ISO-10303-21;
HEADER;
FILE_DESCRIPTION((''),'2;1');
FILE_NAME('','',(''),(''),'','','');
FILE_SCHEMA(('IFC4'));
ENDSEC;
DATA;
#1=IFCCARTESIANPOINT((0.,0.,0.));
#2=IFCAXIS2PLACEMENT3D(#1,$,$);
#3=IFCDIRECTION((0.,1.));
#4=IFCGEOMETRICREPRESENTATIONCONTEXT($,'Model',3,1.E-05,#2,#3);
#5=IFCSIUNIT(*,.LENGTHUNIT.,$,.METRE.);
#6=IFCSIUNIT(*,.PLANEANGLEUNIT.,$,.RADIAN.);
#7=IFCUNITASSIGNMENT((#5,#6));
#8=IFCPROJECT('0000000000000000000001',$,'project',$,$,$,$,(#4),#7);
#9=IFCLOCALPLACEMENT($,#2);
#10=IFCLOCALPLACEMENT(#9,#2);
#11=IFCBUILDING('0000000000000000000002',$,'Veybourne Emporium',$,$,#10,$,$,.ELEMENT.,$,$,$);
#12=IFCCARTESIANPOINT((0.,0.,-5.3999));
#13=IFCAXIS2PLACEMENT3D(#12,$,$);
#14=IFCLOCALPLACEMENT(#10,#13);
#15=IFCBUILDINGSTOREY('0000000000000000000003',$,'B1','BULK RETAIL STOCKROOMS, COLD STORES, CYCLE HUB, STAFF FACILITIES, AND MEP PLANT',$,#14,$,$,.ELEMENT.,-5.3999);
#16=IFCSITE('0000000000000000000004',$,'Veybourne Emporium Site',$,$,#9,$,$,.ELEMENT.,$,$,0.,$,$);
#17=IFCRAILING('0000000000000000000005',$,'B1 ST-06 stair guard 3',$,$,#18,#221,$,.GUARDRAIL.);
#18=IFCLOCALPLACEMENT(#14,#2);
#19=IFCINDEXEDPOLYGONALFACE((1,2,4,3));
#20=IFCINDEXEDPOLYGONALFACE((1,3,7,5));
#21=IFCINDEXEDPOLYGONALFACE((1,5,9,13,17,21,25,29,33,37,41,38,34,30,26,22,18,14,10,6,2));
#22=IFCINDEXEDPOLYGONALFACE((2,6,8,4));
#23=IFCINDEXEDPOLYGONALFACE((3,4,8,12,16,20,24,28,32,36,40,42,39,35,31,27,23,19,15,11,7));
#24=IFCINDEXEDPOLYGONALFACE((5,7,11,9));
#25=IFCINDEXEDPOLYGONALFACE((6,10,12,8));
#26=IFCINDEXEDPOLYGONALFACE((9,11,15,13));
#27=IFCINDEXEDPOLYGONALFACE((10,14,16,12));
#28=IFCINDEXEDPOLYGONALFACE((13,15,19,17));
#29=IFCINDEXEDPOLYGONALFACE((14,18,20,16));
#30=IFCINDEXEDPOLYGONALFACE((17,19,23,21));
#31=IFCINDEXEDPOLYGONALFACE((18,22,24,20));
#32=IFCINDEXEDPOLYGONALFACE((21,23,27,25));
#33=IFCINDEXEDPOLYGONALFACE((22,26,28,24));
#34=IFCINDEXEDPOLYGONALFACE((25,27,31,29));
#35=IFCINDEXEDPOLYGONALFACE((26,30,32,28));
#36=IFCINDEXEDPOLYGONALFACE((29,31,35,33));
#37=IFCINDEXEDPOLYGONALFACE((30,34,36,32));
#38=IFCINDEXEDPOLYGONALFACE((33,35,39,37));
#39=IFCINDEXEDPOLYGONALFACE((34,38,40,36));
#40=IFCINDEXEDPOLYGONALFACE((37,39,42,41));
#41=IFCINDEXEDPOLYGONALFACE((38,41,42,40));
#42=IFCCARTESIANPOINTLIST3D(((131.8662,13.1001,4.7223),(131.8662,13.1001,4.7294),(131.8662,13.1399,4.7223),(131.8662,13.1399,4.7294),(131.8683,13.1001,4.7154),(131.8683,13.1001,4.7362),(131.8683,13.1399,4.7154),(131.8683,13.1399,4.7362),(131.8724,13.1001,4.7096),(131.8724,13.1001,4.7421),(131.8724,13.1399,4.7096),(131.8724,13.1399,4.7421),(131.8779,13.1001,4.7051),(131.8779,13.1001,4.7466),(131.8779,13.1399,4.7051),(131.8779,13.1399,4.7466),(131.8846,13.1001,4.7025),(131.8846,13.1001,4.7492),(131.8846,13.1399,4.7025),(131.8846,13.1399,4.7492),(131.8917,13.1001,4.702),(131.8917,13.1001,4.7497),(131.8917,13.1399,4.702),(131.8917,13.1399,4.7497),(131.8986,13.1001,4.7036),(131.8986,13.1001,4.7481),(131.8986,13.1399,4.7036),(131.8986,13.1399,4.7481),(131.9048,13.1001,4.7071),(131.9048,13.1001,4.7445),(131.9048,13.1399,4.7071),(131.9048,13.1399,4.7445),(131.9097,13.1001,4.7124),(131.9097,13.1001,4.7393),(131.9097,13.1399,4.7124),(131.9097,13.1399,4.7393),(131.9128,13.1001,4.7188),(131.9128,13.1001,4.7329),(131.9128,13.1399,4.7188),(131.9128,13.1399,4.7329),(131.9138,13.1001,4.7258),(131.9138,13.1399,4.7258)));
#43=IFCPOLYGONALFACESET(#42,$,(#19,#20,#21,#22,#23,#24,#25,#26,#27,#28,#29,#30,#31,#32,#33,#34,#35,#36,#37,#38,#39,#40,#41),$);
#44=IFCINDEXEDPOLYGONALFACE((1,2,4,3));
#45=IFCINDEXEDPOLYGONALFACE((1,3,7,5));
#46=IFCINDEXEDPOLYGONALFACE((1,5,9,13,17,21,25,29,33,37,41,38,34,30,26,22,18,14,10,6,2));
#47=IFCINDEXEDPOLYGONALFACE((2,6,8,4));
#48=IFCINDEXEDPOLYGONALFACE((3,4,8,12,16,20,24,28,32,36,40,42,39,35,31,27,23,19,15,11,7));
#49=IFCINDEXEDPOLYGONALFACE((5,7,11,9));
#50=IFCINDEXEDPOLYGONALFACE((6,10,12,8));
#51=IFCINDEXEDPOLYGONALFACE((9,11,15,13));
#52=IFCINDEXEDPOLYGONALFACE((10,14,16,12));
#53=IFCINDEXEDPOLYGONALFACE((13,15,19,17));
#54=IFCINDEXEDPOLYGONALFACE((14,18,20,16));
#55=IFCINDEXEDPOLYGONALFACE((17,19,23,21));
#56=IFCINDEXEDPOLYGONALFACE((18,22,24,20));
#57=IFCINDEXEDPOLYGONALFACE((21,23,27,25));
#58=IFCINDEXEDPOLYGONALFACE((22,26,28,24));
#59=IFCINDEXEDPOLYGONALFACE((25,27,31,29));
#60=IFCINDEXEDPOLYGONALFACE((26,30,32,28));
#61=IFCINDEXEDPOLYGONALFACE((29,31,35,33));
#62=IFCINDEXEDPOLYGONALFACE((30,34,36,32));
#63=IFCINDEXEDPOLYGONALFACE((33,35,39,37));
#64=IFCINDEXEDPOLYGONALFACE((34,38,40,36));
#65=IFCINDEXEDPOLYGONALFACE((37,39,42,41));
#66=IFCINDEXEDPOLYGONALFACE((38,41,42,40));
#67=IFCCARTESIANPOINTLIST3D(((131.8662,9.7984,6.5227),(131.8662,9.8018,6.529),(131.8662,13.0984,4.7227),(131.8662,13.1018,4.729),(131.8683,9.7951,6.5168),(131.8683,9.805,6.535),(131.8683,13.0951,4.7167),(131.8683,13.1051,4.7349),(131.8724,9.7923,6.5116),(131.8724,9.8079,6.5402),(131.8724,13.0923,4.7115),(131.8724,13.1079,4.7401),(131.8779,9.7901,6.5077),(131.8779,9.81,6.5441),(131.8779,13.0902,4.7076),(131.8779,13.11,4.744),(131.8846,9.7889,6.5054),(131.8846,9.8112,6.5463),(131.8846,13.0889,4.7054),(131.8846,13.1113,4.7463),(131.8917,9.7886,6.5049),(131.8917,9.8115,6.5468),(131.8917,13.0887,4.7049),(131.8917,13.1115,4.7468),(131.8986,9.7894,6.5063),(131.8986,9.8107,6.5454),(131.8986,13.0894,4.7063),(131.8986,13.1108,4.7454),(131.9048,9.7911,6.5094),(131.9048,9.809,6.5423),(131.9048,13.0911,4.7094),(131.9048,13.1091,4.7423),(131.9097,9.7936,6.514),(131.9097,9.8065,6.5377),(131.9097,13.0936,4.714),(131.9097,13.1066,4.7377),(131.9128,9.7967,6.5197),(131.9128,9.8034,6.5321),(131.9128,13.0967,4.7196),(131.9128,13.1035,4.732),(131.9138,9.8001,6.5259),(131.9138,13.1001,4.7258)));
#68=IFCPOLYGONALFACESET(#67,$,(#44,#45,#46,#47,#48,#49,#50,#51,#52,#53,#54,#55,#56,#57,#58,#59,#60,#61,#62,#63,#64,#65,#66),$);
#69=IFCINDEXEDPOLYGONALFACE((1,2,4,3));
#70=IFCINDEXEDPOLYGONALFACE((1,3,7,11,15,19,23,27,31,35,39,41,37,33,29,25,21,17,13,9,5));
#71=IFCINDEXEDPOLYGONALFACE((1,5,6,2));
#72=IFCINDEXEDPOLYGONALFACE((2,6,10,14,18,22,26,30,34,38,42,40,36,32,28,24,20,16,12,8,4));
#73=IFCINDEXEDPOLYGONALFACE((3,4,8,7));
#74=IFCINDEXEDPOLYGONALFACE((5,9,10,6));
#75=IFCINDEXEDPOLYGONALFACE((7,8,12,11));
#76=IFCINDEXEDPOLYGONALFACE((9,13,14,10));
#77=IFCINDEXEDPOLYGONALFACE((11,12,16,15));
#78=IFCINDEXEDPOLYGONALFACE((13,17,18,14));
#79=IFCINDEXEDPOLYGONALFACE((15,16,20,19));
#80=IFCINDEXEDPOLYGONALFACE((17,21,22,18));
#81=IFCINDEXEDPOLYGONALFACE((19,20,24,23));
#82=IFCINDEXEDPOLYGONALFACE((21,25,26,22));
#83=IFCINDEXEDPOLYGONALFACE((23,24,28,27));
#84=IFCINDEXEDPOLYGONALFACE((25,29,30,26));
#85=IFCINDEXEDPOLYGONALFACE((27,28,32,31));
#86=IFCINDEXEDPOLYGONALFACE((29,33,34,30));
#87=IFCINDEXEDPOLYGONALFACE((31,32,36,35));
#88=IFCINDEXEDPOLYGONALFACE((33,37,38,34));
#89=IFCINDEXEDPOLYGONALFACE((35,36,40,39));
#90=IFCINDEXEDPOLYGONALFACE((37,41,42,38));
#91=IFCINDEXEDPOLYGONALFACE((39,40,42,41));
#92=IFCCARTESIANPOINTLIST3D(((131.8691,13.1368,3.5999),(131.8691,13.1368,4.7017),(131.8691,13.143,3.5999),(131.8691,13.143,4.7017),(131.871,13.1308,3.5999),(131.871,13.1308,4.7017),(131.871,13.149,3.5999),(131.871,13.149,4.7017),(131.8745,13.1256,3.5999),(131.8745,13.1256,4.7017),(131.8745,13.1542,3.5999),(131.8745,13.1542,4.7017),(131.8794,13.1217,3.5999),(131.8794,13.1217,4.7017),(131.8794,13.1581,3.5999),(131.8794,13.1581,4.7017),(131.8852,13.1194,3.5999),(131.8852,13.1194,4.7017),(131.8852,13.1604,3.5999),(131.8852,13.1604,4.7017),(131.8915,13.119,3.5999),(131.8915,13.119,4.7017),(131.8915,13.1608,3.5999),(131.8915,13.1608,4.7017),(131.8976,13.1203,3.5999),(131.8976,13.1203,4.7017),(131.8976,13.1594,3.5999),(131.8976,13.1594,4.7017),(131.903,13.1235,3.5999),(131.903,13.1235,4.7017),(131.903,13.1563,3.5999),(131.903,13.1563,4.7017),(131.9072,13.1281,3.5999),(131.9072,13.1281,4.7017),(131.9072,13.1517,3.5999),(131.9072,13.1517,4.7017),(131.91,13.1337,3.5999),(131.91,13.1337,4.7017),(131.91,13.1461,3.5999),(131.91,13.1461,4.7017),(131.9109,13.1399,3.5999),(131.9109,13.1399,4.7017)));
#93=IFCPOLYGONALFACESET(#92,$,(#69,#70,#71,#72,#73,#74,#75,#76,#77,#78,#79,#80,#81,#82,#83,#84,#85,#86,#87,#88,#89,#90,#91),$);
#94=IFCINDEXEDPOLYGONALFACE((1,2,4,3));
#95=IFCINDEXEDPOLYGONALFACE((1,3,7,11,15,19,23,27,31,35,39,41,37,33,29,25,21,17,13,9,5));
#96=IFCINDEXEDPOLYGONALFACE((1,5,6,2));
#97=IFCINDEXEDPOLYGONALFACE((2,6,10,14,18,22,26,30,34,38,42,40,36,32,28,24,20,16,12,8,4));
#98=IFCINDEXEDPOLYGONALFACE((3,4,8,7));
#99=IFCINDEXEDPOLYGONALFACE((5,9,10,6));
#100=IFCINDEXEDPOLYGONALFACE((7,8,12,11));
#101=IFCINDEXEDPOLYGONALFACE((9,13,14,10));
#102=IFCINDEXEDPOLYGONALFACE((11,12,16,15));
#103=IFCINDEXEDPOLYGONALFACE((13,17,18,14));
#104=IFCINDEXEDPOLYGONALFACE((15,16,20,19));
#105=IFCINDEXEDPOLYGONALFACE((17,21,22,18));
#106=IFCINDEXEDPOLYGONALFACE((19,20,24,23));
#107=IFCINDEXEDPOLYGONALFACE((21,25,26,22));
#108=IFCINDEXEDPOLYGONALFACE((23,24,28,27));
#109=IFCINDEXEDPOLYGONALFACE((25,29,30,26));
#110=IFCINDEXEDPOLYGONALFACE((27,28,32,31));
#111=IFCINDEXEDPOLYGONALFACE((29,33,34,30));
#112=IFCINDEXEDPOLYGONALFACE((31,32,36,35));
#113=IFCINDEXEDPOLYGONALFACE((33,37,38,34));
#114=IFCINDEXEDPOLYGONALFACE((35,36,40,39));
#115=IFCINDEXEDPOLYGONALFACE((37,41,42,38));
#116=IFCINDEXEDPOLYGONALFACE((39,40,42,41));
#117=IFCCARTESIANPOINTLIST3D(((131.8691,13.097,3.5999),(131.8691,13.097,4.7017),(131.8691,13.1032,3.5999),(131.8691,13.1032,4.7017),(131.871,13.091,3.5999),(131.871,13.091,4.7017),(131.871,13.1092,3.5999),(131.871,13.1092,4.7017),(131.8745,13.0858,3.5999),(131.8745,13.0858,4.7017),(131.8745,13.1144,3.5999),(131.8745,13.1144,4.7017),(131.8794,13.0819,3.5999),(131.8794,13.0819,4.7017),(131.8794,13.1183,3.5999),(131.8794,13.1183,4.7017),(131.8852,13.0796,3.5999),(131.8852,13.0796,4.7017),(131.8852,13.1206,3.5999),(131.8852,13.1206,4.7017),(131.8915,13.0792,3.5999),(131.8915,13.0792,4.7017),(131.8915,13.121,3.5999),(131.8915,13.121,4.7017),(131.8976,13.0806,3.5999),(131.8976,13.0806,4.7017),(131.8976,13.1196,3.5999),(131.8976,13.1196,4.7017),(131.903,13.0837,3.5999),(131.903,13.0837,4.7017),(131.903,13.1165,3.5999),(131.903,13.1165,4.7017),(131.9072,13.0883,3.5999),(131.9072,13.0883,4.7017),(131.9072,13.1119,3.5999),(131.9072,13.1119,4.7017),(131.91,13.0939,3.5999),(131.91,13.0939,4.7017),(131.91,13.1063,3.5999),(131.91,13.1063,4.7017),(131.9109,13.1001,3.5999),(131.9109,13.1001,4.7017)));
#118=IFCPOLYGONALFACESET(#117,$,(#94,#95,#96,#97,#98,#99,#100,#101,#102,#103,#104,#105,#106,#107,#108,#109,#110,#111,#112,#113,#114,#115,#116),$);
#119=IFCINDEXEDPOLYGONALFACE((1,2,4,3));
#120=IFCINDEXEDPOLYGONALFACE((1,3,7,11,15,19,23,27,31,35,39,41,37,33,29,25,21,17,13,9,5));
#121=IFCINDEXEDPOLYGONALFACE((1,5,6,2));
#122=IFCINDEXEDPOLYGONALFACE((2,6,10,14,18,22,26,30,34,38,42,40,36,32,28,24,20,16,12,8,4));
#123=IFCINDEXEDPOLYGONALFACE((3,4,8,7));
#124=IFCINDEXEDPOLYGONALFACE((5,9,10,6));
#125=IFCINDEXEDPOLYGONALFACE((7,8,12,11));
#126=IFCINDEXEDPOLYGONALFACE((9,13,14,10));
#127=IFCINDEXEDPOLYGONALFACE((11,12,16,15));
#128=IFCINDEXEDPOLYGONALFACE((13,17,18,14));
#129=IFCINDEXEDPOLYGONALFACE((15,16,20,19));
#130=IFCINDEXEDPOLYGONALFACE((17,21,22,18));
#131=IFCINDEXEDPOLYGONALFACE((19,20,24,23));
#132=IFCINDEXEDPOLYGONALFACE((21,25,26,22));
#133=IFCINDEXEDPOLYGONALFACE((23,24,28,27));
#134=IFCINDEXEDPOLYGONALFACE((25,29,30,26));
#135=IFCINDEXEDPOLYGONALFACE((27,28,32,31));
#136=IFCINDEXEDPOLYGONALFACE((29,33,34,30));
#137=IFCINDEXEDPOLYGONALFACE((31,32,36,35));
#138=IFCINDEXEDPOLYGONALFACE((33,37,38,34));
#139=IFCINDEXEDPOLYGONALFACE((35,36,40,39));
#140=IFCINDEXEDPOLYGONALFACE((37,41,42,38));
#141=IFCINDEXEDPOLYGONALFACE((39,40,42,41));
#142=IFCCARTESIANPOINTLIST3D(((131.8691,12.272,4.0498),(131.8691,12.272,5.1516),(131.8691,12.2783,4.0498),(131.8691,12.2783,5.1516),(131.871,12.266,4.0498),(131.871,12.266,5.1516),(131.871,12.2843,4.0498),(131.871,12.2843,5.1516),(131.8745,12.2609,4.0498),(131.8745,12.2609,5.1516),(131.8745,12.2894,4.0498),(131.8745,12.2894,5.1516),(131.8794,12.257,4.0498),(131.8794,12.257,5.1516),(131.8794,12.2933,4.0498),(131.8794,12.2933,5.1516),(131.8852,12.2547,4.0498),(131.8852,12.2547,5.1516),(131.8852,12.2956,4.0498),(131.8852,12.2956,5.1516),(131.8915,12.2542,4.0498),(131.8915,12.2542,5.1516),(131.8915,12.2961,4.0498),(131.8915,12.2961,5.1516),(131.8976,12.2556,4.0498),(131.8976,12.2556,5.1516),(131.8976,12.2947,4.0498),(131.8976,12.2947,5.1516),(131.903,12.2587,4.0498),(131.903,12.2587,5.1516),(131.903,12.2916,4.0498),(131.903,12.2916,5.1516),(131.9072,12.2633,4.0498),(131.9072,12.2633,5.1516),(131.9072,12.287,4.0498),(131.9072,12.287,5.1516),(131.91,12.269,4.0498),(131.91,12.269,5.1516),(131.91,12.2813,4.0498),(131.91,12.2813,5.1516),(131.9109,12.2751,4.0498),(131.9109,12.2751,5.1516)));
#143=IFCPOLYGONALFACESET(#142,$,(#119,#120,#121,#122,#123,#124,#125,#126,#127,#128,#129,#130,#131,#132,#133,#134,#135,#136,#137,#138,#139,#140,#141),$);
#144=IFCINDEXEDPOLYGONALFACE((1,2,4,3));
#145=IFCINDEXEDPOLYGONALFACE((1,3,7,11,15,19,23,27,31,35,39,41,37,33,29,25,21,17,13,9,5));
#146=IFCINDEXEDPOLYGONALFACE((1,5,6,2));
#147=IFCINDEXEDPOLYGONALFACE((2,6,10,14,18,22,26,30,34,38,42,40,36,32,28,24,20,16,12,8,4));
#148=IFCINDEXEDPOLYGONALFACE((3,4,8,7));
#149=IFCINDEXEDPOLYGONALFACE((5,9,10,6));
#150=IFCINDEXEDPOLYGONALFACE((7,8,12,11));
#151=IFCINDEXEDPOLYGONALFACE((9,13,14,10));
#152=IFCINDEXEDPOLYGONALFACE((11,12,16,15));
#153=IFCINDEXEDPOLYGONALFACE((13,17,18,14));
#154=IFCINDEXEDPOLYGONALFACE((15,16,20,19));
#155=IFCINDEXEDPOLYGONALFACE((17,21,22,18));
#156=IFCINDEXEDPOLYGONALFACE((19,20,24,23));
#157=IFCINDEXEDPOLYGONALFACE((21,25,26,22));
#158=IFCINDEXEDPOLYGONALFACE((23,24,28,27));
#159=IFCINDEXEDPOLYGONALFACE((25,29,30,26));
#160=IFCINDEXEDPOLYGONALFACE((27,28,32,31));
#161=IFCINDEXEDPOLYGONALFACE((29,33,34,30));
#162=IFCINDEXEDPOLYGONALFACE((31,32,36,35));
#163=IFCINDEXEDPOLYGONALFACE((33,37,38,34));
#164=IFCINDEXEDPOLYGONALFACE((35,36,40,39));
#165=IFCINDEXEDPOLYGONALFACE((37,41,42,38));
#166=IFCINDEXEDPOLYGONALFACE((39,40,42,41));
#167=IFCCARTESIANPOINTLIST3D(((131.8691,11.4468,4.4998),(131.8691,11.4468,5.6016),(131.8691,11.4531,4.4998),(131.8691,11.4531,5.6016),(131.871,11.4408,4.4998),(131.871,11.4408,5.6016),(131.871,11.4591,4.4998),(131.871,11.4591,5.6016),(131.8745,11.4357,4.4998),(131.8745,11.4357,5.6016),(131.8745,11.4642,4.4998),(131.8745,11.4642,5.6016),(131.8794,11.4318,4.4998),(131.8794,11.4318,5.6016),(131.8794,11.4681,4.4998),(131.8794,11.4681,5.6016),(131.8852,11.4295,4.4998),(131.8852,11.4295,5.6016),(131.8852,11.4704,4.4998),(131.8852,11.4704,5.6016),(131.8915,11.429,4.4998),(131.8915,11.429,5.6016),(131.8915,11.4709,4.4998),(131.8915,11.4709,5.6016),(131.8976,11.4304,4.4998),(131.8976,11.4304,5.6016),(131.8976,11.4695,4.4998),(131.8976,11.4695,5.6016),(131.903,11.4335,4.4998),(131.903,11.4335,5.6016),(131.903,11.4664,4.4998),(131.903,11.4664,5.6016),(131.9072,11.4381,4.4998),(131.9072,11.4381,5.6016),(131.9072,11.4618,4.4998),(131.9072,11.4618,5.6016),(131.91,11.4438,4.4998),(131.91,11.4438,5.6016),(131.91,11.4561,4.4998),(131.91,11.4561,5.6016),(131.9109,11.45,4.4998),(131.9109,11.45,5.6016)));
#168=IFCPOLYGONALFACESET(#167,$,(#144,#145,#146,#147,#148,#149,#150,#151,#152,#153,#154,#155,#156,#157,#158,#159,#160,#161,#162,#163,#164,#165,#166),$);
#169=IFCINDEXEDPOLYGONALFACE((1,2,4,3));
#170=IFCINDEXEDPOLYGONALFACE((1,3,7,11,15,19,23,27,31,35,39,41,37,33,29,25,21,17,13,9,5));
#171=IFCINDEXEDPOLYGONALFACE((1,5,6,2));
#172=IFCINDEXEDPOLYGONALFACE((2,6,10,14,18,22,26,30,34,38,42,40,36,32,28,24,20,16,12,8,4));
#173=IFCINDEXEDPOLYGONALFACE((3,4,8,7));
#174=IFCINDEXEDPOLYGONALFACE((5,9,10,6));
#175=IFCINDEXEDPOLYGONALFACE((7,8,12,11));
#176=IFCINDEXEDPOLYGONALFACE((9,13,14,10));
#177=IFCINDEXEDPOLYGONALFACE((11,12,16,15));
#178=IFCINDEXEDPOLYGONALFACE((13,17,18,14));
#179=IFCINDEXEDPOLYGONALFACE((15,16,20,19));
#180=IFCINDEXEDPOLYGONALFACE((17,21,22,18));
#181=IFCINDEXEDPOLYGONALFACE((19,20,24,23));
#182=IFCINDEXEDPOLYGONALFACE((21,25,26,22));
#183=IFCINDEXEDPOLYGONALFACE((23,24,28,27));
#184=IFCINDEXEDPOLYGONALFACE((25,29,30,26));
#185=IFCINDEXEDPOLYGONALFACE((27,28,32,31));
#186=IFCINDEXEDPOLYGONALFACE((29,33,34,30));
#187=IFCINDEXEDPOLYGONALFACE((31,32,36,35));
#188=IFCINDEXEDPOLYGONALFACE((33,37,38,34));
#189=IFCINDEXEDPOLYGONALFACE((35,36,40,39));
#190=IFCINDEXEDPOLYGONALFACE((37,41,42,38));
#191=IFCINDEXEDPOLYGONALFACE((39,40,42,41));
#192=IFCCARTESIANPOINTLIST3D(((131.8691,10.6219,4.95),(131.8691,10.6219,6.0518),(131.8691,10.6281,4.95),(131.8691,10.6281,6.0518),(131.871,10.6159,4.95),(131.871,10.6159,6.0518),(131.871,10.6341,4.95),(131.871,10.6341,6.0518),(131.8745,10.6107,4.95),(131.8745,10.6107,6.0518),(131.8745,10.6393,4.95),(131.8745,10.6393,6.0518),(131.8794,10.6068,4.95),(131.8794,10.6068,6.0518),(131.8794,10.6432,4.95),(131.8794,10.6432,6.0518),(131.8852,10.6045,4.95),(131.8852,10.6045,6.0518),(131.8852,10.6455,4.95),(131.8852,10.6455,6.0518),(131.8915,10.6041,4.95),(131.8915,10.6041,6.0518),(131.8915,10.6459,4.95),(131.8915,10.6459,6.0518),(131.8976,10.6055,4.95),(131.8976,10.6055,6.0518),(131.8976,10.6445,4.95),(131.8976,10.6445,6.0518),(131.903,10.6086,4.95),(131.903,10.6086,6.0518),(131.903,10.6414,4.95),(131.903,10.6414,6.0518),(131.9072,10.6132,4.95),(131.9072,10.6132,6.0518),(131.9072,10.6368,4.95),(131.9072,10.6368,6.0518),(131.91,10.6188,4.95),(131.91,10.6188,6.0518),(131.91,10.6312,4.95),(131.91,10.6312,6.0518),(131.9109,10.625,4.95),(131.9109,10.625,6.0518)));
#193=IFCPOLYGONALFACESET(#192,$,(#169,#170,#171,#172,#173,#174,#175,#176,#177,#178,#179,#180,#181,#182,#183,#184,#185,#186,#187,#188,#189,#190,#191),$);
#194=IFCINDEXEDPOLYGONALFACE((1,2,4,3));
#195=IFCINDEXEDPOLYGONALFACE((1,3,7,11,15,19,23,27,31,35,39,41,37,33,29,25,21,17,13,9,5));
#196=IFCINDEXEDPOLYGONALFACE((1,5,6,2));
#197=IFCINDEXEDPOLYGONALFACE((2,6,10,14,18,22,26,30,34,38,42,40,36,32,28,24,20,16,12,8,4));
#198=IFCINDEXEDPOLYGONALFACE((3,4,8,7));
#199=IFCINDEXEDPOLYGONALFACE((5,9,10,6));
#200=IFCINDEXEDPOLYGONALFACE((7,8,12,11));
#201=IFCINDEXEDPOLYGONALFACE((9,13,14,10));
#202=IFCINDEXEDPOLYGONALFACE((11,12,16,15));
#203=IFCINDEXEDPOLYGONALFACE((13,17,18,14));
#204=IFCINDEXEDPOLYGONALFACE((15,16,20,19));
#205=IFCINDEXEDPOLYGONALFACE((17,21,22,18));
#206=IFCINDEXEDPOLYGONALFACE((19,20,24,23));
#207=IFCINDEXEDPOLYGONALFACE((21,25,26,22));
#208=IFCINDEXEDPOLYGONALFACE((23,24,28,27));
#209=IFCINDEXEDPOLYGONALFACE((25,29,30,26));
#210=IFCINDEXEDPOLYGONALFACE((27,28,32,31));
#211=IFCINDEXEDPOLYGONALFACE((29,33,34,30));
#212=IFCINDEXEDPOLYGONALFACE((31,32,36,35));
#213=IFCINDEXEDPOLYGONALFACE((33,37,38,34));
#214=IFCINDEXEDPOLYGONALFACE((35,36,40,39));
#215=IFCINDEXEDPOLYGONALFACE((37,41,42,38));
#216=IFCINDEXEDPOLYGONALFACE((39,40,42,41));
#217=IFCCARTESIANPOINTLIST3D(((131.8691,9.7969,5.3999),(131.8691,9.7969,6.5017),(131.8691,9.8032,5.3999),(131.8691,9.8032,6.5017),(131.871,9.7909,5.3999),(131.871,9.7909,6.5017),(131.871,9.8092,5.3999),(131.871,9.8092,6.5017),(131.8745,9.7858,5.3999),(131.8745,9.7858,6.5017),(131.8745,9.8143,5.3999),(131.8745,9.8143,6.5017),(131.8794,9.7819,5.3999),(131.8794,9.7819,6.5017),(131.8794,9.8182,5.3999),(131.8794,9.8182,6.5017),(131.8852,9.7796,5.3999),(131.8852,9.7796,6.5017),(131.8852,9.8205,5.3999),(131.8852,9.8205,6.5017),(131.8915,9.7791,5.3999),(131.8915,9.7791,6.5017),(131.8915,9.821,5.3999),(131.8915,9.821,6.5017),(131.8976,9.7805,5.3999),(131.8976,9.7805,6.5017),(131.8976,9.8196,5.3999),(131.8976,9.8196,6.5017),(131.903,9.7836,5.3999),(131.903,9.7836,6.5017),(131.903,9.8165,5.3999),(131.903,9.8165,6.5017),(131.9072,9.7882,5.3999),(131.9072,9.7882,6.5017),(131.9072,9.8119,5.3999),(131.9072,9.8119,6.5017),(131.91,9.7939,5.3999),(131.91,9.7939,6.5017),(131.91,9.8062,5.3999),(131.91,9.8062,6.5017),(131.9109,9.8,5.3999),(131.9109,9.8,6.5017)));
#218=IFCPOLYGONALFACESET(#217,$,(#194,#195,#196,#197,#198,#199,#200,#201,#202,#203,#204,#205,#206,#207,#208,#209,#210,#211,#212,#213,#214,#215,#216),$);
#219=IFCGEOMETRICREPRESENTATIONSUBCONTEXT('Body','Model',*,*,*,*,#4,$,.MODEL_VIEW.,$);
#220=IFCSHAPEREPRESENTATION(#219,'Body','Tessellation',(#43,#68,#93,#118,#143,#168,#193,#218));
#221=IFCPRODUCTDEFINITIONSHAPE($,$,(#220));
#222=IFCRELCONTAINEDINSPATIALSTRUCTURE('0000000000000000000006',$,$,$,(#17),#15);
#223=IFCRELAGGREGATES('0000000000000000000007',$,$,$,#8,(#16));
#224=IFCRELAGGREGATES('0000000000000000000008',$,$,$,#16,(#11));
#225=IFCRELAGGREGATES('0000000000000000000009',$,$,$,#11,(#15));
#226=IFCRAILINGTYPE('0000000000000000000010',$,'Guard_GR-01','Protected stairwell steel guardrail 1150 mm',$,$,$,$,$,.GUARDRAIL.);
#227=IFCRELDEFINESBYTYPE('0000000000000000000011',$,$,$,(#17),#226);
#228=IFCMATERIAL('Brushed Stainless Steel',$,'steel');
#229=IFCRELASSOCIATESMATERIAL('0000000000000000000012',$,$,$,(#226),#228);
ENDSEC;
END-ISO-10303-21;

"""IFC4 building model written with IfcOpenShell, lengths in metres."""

from ifc_helpers import new_model, si_unit, direction, frame, origin, origin_2d, place, context, subcontext, project, spatial, circle, extrude, material, type_object, element, save


model = new_model("IFC4")

# Units and contexts
model_context = context("Model", 3, precision=1e-05, world=origin(), true_north=direction((0.0, 1.0)))
body_context = subcontext(model_context, "Body", "Model", "MODEL_VIEW")
ifc_project = project(units=[si_unit("LENGTHUNIT", "METRE"), si_unit("PLANEANGLEUNIT", "RADIAN")], contexts=[model_context])

# Site, building, storey
site_placement = place(None, origin())
site = spatial("IfcSite", under=ifc_project, at=site_placement, Name="Veybourne Emporium Site", CompositionType="ELEMENT", RefElevation=0.0)
building_placement = place(site_placement, origin())
building = spatial("IfcBuilding", under=site, at=building_placement, Name="Veybourne Emporium", CompositionType="ELEMENT")
storey_placement = place(building_placement, frame((0.0, 0.0, -5.3999)))
storey = spatial("IfcBuildingStorey", under=building, at=storey_placement, Name="B1", Description="BULK RETAIL STOCKROOMS, COLD STORES, CYCLE HUB, STAFF FACILITIES, AND MEP PLANT", CompositionType="ELEMENT", Elevation=-5.3999)

# Railing
ifc_material_1 = material(Name="Brushed Stainless Steel", Category="steel")
railing_type_1 = type_object("IfcRailingType", Name="Guard_GR-01", Description="Protected stairwell steel guardrail 1150 mm", PredefinedType="GUARDRAIL", material=ifc_material_1)
railing_1_placement = place(storey_placement, frame((131.8899, 13.1399, 3.5999)))
element("IfcRailing", 1, at=railing_1_placement, inside=storey, type_object=railing_type_1, Name="B1 ST-06 stair guard 3", PredefinedType="GUARDRAIL", context=body_context, shape_type="SweptSolid", body=[
    extrude(circle(Radius=0.0239, at=origin_2d()), frame((0.0, 0.0, 1.126), z_axis=(0.0, -1.0, 0.0), x_axis=(1.0, 0.0, 0.0)), (0.0, 0.0, 1.0), 0.0398),
    extrude(circle(Radius=0.0239, at=origin_2d()), frame((0.0, -0.0398, 1.126), z_axis=(0.0, -0.877893, 0.478857), x_axis=(1.0, 0.0, 0.0)), (0.0, 0.0, 1.0), 3.759),
    extrude(circle(Radius=0.021, at=origin_2d()), origin(), (0.0, 0.0, 1.0), 1.1018),
    extrude(circle(Radius=0.021, at=origin_2d()), frame((0.0, -0.0398, 0.0)), (0.0, 0.0, 1.0), 1.1018),
    extrude(circle(Radius=0.021, at=origin_2d()), frame((0.0, -0.8647, 0.45)), (0.0, 0.0, 1.0), 1.1018),
    extrude(circle(Radius=0.021, at=origin_2d()), frame((0.0, -1.6899, 0.8999)), (0.0, 0.0, 1.0), 1.1018),
    extrude(circle(Radius=0.021, at=origin_2d()), frame((0.0, -2.5149, 1.3501)), (0.0, 0.0, 1.0), 1.1018),
    extrude(circle(Radius=0.021, at=origin_2d()), frame((0.0, -3.3398, 1.8)), (0.0, 0.0, 1.0), 1.1018),
])

save(model, "model.ifc")
